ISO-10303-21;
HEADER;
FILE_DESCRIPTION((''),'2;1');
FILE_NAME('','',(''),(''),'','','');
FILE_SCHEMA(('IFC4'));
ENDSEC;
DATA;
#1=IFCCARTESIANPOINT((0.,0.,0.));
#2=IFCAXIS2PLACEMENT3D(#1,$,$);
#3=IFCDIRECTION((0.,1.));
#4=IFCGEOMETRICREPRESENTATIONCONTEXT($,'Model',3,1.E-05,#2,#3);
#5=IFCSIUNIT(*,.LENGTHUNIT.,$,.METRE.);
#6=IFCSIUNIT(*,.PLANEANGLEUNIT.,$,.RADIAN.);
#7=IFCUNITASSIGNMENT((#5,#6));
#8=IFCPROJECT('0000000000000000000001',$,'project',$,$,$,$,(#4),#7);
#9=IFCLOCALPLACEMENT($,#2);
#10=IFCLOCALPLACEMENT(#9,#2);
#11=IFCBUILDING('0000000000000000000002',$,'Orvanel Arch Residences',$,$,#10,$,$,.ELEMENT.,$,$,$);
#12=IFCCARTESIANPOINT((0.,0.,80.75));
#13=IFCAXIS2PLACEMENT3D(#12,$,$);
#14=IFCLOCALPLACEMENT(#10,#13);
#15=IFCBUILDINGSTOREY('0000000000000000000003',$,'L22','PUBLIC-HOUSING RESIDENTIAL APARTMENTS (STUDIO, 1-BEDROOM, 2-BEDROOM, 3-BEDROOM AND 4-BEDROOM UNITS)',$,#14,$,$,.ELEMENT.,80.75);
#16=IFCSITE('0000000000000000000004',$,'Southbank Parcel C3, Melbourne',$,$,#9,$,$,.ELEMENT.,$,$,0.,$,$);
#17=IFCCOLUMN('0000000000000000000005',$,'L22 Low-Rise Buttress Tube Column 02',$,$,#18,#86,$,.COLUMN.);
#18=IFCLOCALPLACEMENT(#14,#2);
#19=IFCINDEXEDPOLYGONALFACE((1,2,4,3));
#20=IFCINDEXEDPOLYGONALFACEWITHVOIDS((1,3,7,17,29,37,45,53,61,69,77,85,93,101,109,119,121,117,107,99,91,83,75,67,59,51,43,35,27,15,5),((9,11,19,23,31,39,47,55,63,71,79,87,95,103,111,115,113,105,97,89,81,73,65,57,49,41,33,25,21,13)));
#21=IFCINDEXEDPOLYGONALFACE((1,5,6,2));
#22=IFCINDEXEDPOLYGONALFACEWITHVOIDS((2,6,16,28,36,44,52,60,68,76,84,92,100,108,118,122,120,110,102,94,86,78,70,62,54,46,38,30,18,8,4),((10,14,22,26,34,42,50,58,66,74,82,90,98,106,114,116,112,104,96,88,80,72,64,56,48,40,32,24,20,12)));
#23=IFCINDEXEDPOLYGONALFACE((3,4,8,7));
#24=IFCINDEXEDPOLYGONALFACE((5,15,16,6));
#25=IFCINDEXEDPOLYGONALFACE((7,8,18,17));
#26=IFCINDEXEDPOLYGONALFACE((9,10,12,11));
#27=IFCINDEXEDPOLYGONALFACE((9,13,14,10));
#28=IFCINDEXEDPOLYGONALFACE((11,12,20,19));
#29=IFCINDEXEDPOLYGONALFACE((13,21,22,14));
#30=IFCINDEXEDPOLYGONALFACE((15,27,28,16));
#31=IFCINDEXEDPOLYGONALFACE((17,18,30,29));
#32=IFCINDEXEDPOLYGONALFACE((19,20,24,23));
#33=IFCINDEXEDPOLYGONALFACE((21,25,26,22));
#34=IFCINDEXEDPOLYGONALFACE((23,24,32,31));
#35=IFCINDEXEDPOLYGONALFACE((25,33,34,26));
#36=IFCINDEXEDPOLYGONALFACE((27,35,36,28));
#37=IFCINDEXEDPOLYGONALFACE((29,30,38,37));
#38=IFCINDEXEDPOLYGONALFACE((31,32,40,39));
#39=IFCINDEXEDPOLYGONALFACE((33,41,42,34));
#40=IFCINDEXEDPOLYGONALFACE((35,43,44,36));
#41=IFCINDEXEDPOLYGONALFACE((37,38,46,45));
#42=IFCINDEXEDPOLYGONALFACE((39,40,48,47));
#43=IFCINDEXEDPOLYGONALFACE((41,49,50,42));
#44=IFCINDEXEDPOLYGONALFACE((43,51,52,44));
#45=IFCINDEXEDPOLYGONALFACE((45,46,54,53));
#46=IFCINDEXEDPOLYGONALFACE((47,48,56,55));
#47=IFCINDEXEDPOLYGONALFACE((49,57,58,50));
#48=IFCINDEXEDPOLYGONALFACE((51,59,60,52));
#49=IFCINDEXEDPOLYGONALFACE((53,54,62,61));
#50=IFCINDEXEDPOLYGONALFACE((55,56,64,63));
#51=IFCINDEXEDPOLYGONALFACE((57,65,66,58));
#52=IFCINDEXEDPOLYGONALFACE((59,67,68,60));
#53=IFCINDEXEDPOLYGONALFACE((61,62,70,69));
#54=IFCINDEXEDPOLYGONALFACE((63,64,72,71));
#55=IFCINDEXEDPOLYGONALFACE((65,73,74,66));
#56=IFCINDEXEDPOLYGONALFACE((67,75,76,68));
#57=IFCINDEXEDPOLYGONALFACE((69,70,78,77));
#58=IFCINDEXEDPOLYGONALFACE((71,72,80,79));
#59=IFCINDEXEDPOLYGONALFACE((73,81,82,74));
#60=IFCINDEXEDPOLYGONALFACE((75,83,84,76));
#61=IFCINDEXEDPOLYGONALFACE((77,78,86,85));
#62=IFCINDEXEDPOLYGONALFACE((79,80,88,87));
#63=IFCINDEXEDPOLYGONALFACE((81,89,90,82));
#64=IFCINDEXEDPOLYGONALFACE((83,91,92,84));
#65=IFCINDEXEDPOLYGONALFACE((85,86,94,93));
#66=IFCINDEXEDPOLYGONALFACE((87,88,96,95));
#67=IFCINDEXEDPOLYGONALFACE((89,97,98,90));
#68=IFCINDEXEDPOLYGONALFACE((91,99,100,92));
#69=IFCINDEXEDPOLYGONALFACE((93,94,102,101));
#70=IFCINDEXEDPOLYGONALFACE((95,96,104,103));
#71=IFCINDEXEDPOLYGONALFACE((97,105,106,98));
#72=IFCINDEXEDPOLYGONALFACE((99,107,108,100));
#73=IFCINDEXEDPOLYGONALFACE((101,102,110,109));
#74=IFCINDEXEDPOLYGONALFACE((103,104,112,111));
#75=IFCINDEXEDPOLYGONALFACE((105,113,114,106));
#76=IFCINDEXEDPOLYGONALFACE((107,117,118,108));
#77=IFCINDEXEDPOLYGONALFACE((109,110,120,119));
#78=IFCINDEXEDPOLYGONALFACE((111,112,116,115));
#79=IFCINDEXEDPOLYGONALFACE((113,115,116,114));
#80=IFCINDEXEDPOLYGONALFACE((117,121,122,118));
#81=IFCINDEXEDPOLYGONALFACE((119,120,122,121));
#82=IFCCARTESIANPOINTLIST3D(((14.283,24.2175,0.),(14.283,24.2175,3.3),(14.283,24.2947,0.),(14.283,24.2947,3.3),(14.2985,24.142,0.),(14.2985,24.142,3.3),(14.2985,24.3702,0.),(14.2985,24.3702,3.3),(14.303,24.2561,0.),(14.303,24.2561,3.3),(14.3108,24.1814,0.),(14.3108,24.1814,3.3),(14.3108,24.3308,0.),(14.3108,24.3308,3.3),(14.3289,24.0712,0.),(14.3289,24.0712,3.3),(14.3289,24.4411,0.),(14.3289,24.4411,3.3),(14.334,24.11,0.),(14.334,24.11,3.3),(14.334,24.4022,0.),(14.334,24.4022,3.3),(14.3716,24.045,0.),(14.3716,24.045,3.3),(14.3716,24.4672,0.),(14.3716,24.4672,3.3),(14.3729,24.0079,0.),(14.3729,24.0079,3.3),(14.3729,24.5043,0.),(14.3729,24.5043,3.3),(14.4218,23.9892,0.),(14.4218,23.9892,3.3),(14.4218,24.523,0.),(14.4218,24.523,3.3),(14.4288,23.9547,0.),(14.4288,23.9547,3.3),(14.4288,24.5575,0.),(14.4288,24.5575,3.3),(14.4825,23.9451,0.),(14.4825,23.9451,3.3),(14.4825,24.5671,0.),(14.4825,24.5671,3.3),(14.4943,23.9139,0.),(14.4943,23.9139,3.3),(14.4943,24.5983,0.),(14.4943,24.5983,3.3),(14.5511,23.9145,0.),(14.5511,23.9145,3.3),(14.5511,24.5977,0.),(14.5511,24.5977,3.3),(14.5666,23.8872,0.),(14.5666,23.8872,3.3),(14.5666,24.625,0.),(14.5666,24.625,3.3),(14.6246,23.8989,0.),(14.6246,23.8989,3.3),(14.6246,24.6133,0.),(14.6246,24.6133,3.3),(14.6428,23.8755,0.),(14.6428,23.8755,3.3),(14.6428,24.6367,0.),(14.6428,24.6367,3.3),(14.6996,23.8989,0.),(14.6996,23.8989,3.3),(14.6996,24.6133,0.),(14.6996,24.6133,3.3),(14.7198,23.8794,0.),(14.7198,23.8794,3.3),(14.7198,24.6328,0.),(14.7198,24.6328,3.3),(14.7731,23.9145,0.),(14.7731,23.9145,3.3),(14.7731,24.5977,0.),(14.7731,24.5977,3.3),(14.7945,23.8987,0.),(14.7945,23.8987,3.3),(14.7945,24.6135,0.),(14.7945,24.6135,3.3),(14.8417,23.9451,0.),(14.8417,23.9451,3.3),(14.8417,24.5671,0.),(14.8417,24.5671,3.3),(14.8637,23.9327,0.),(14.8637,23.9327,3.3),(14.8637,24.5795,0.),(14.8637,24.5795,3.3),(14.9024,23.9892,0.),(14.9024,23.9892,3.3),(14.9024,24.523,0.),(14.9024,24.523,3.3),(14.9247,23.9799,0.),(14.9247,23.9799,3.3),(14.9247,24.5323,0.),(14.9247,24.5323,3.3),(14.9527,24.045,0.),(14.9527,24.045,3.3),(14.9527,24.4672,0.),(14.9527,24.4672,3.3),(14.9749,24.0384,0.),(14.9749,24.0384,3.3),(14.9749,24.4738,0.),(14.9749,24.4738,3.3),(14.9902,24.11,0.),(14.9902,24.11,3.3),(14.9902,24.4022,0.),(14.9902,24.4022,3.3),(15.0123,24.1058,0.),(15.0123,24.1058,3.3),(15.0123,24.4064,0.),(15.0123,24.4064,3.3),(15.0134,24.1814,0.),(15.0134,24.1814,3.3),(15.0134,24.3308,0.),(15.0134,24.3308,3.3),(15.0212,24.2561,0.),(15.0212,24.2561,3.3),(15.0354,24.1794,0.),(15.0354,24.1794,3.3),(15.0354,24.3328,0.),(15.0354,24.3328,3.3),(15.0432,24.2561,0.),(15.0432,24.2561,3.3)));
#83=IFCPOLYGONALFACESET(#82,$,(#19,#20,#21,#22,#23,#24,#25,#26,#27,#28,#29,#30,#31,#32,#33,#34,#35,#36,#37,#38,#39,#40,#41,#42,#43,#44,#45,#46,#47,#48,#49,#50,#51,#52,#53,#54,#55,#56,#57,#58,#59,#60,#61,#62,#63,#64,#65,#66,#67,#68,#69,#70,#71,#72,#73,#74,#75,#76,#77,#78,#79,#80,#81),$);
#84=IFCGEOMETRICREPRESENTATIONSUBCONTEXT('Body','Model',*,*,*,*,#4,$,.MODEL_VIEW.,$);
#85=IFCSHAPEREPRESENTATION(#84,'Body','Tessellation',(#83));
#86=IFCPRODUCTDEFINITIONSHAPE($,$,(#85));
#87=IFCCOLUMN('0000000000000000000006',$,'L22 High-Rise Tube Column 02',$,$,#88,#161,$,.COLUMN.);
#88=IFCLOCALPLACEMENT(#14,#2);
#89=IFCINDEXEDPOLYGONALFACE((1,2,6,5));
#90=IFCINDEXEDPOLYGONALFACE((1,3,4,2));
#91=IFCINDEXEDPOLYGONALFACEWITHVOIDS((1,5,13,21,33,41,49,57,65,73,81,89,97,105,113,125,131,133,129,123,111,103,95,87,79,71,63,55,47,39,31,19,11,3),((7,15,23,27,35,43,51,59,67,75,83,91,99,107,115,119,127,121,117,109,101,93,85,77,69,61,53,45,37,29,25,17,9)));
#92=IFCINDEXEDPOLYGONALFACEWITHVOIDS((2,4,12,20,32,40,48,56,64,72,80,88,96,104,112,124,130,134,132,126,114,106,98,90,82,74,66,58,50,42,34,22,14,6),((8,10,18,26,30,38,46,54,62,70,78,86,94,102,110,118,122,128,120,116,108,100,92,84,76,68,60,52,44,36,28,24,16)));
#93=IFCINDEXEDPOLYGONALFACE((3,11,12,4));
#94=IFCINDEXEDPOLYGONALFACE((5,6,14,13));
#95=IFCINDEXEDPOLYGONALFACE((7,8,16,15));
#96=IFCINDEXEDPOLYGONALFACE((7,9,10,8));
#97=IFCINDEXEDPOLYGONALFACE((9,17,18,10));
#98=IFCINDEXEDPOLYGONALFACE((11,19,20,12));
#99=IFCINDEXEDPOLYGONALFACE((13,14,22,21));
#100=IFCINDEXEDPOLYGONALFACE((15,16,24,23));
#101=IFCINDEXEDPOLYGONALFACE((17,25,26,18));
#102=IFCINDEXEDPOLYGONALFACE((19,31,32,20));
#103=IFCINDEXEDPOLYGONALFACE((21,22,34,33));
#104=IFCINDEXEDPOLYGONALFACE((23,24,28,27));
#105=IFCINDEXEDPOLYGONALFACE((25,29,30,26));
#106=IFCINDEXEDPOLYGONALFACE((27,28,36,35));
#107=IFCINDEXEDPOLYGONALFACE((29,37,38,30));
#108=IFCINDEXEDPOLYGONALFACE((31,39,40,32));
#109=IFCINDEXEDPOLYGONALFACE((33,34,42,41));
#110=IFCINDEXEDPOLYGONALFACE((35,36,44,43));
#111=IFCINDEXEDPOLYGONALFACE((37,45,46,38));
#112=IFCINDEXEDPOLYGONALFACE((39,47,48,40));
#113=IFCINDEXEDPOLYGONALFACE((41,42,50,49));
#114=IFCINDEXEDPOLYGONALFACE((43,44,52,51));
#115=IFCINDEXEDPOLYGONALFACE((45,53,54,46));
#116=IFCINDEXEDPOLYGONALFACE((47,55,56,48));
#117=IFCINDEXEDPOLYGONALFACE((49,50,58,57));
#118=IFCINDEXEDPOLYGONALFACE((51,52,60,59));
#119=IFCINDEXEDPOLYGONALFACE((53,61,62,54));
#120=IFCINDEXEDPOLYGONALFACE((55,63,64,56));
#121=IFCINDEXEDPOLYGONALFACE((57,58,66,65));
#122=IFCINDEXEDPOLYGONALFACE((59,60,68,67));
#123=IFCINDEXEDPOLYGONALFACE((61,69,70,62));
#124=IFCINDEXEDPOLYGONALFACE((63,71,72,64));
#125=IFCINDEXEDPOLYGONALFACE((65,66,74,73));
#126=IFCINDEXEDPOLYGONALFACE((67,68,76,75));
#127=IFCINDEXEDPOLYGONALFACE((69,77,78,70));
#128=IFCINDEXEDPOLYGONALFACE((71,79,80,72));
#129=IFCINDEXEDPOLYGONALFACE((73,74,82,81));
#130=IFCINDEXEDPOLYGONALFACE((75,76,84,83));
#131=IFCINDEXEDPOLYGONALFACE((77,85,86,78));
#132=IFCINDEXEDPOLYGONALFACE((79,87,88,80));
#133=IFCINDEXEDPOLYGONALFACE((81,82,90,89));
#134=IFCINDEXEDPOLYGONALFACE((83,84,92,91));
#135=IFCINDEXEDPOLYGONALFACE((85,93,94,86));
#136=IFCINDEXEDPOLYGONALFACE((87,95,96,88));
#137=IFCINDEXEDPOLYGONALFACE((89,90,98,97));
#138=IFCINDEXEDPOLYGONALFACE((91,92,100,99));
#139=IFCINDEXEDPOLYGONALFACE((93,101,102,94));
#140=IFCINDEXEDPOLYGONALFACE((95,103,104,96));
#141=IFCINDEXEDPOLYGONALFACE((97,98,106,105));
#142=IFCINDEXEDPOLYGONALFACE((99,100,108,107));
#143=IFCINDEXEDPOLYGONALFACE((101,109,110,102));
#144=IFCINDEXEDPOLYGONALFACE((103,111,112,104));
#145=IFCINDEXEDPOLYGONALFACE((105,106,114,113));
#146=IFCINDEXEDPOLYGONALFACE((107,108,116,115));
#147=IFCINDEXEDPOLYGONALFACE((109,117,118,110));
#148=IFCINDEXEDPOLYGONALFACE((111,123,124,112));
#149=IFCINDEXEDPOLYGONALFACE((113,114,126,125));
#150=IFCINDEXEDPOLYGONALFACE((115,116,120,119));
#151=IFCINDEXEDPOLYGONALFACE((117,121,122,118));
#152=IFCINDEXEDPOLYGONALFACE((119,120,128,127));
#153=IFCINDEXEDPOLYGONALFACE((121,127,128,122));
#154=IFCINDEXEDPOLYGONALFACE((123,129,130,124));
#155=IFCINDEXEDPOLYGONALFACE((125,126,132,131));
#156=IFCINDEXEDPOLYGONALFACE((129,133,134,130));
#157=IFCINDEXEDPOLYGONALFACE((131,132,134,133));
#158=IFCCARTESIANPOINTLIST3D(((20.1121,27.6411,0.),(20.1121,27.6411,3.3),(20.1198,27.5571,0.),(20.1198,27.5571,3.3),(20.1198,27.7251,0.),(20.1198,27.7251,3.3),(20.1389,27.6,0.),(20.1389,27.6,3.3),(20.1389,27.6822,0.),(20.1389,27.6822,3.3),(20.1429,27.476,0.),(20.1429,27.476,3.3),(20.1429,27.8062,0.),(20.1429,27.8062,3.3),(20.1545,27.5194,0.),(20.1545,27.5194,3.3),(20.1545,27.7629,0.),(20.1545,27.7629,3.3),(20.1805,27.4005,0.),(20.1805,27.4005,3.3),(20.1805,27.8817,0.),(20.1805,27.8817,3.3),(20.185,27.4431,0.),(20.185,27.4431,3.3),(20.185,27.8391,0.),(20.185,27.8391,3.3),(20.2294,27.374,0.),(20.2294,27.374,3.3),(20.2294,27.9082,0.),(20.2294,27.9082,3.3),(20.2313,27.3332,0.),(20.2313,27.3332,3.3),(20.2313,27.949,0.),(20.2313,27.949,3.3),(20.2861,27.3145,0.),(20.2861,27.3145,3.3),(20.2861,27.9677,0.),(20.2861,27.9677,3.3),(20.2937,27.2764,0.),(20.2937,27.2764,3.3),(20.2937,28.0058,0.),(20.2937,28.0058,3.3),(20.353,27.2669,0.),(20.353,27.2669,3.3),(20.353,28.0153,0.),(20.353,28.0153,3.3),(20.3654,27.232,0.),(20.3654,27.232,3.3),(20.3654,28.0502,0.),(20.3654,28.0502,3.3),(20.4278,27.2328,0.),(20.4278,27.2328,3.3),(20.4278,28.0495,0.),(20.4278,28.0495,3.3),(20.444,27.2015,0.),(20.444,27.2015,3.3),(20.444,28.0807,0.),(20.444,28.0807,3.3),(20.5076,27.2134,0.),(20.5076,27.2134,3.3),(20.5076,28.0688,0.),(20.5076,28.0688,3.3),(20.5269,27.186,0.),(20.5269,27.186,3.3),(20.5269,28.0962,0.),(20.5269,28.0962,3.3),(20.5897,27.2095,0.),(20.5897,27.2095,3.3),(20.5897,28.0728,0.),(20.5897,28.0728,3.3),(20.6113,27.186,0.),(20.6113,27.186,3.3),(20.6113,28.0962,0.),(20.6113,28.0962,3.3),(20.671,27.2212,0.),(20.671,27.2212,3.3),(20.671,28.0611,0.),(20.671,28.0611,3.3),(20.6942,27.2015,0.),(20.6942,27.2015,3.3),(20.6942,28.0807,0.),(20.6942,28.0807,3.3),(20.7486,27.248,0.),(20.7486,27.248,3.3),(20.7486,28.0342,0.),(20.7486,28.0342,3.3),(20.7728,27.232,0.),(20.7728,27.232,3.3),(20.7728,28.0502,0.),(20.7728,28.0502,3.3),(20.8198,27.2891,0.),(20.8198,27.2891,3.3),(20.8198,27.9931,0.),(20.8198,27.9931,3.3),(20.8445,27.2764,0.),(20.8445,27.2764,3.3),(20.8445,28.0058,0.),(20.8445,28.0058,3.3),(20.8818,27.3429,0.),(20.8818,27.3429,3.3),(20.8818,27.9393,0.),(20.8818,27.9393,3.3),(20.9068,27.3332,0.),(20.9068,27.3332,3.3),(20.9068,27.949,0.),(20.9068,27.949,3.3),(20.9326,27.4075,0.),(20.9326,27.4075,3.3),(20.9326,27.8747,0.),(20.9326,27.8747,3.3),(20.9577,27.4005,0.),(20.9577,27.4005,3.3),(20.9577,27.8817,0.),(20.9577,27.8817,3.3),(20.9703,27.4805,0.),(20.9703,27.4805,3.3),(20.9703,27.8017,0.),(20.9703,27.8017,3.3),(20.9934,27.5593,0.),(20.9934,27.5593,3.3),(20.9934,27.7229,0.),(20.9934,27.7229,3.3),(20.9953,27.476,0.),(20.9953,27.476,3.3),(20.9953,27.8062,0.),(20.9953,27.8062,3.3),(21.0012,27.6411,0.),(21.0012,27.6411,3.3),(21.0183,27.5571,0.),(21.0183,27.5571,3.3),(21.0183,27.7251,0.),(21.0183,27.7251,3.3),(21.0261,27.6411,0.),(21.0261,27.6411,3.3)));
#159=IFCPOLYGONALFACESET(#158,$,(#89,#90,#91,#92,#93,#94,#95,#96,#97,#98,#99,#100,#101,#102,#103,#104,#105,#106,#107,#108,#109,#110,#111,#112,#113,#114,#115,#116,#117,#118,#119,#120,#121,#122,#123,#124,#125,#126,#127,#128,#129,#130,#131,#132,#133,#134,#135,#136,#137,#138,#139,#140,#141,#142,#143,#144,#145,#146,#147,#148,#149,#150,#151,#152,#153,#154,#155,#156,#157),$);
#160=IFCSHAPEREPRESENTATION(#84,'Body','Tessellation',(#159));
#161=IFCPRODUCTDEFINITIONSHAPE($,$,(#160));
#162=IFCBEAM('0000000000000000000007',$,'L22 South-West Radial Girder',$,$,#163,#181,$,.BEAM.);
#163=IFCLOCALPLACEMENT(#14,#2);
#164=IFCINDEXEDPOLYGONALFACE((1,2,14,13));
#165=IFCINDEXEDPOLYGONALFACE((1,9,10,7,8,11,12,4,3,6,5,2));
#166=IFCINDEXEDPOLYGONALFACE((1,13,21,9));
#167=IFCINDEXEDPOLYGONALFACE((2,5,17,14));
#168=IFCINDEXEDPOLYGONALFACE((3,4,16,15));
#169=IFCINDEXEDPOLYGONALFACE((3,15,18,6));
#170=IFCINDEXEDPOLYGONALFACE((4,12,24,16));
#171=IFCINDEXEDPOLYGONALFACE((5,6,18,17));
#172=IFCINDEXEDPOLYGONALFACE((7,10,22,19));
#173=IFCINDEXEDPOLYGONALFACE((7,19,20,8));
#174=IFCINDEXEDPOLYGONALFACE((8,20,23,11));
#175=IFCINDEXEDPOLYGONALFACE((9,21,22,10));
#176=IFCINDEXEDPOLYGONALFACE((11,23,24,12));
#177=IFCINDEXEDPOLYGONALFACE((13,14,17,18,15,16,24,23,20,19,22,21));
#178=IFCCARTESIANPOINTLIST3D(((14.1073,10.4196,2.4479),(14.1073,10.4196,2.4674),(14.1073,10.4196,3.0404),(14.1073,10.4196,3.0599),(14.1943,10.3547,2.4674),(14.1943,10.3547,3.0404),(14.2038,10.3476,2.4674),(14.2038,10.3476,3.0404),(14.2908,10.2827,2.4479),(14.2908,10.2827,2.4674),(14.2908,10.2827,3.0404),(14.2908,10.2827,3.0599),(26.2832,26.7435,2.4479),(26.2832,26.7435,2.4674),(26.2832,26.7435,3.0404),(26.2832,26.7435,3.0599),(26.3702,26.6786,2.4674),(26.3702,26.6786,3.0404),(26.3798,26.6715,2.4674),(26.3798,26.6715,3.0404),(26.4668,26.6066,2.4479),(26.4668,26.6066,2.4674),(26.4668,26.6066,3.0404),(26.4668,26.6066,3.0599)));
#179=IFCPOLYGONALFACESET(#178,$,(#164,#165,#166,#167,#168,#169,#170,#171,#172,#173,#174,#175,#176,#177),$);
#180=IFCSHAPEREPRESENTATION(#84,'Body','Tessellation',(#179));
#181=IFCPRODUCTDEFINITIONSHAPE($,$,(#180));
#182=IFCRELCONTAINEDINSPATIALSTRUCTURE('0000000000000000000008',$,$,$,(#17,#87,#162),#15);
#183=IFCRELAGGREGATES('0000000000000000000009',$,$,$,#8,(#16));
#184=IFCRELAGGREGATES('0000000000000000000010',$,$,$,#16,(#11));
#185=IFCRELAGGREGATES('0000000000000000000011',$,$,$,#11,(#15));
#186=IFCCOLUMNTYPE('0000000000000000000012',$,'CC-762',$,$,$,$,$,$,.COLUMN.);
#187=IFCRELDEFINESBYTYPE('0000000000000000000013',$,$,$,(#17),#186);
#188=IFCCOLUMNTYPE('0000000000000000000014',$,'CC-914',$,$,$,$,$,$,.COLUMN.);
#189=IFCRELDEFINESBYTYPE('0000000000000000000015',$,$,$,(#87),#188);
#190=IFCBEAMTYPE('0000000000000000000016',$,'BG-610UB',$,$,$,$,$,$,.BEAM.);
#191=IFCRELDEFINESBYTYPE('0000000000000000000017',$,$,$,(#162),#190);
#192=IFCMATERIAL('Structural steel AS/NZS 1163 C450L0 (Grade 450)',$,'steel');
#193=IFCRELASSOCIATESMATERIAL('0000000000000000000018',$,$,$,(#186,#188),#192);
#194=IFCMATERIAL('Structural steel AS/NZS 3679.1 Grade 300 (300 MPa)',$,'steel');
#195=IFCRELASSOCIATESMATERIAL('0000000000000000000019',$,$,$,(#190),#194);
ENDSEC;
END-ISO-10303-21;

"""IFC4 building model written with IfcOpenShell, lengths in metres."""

from ifc_helpers import new_model, si_unit, direction, frame, origin, origin_2d, place, context, subcontext, project, spatial, hollow_circle, i_section, extrude, material, material_profile, profile_set, type_object, element, save


model = new_model("IFC4")

# Units and contexts
model_context = context("Model", 3, precision=1e-05, world=origin(), true_north=direction((0.0, 1.0)))
body_context = subcontext(model_context, "Body", "Model", "MODEL_VIEW")
ifc_project = project(units=[si_unit("LENGTHUNIT", "METRE"), si_unit("PLANEANGLEUNIT", "RADIAN")], contexts=[model_context])

# Site, building, storey
site_placement = place(None, origin())
site = spatial("IfcSite", under=ifc_project, at=site_placement, Name="Southbank Parcel C3, Melbourne", CompositionType="ELEMENT", RefElevation=0.0)
building_placement = place(site_placement, origin())
building = spatial("IfcBuilding", under=site, at=building_placement, Name="Orvanel Arch Residences", CompositionType="ELEMENT")
storey_placement = place(building_placement, frame((0.0, 0.0, 80.75)))
storey = spatial("IfcBuildingStorey", under=building, at=storey_placement, Name="L22", Description="PUBLIC-HOUSING RESIDENTIAL APARTMENTS (STUDIO, 1-BEDROOM, 2-BEDROOM, 3-BEDROOM AND 4-BEDROOM UNITS)", CompositionType="ELEMENT", Elevation=80.75)

# Columns
ifc_material_1 = material(Name="Structural steel AS/NZS 1163 C450L0 (Grade 450)", Category="steel")
ifc_material_profile_1 = material_profile(ifc_material_1, hollow_circle(Radius=0.3811, WallThickness=0.022, at=origin_2d()), Name="CHS762x22")
ifc_profile_set_1 = profile_set([ifc_material_profile_1], Name="Structural steel AS/NZS 1163 C450L0 (Grade 450)")
column_type_1 = type_object("IfcColumnType", Name="CC-762", PredefinedType="COLUMN", material=ifc_profile_set_1)
column_1_placement = place(storey_placement, frame((14.6621, 24.2561, 0.0), z_axis=(0.0, 0.0, 1.0), x_axis=(1.0, 0.0, 0.0)))
element("IfcColumn", 1, at=column_1_placement, inside=storey, type_object=column_type_1, Name="L22 Low-Rise Buttress Tube Column 02", PredefinedType="COLUMN", context=body_context, shape_type="SweptSolid", body=[
    extrude(hollow_circle(Radius=0.3811, WallThickness=0.022, at=origin_2d()), origin(), (0.0, 0.0, 1.0), 3.3),
])
ifc_material_profile_2 = material_profile(ifc_material_1, hollow_circle(Radius=0.457, WallThickness=0.0249, at=origin_2d()), Name="CHS914x25")
ifc_profile_set_2 = profile_set([ifc_material_profile_2], Name="Structural steel AS/NZS 1163 C450L0 (Grade 450)")
column_type_2 = type_object("IfcColumnType", Name="CC-914", PredefinedType="COLUMN", material=ifc_profile_set_2)
column_2_placement = place(storey_placement, frame((20.5691, 27.6411, 0.0), z_axis=(0.0, 0.0, 1.0), x_axis=(1.0, 0.0, 0.0)))
element("IfcColumn", 2, at=column_2_placement, inside=storey, type_object=column_type_2, Name="L22 High-Rise Tube Column 02", PredefinedType="COLUMN", context=body_context, shape_type="SweptSolid", body=[
    extrude(hollow_circle(Radius=0.457, WallThickness=0.0249, at=origin_2d()), origin(), (0.0, 0.0, 1.0), 3.3),
])

# Beam
ifc_material_2 = material(Name="Structural steel AS/NZS 3679.1 Grade 300 (300 MPa)", Category="steel")
ifc_material_profile_3 = material_profile(ifc_material_2, i_section(OverallWidth=0.229, OverallDepth=0.6121, WebThickness=0.012, FlangeThickness=0.0195, at=origin_2d()), Name="610UB125")
ifc_profile_set_3 = profile_set([ifc_material_profile_3], Name="Structural steel AS/NZS 3679.1 Grade 300 (300 MPa)")
beam_type_1 = type_object("IfcBeamType", Name="BG-610UB", PredefinedType="BEAM", material=ifc_profile_set_3)
beam_1_placement = place(storey_placement, frame((26.375, 26.675, 2.7539), z_axis=(-0.597894, -0.801575, 0.0), x_axis=(0.801575, -0.597894, 0.0)))
element("IfcBeam", 3, at=beam_1_placement, inside=storey, type_object=beam_type_1, Name="L22 South-West Radial Girder", PredefinedType="BEAM", context=body_context, shape_type="SweptSolid", body=[
    extrude(i_section(OverallWidth=0.229, OverallDepth=0.6121, WebThickness=0.012, FlangeThickness=0.0195, at=origin_2d()), origin(), (0.0, 0.0, 1.0), 20.3647),
])

save(model, "model.ifc")
